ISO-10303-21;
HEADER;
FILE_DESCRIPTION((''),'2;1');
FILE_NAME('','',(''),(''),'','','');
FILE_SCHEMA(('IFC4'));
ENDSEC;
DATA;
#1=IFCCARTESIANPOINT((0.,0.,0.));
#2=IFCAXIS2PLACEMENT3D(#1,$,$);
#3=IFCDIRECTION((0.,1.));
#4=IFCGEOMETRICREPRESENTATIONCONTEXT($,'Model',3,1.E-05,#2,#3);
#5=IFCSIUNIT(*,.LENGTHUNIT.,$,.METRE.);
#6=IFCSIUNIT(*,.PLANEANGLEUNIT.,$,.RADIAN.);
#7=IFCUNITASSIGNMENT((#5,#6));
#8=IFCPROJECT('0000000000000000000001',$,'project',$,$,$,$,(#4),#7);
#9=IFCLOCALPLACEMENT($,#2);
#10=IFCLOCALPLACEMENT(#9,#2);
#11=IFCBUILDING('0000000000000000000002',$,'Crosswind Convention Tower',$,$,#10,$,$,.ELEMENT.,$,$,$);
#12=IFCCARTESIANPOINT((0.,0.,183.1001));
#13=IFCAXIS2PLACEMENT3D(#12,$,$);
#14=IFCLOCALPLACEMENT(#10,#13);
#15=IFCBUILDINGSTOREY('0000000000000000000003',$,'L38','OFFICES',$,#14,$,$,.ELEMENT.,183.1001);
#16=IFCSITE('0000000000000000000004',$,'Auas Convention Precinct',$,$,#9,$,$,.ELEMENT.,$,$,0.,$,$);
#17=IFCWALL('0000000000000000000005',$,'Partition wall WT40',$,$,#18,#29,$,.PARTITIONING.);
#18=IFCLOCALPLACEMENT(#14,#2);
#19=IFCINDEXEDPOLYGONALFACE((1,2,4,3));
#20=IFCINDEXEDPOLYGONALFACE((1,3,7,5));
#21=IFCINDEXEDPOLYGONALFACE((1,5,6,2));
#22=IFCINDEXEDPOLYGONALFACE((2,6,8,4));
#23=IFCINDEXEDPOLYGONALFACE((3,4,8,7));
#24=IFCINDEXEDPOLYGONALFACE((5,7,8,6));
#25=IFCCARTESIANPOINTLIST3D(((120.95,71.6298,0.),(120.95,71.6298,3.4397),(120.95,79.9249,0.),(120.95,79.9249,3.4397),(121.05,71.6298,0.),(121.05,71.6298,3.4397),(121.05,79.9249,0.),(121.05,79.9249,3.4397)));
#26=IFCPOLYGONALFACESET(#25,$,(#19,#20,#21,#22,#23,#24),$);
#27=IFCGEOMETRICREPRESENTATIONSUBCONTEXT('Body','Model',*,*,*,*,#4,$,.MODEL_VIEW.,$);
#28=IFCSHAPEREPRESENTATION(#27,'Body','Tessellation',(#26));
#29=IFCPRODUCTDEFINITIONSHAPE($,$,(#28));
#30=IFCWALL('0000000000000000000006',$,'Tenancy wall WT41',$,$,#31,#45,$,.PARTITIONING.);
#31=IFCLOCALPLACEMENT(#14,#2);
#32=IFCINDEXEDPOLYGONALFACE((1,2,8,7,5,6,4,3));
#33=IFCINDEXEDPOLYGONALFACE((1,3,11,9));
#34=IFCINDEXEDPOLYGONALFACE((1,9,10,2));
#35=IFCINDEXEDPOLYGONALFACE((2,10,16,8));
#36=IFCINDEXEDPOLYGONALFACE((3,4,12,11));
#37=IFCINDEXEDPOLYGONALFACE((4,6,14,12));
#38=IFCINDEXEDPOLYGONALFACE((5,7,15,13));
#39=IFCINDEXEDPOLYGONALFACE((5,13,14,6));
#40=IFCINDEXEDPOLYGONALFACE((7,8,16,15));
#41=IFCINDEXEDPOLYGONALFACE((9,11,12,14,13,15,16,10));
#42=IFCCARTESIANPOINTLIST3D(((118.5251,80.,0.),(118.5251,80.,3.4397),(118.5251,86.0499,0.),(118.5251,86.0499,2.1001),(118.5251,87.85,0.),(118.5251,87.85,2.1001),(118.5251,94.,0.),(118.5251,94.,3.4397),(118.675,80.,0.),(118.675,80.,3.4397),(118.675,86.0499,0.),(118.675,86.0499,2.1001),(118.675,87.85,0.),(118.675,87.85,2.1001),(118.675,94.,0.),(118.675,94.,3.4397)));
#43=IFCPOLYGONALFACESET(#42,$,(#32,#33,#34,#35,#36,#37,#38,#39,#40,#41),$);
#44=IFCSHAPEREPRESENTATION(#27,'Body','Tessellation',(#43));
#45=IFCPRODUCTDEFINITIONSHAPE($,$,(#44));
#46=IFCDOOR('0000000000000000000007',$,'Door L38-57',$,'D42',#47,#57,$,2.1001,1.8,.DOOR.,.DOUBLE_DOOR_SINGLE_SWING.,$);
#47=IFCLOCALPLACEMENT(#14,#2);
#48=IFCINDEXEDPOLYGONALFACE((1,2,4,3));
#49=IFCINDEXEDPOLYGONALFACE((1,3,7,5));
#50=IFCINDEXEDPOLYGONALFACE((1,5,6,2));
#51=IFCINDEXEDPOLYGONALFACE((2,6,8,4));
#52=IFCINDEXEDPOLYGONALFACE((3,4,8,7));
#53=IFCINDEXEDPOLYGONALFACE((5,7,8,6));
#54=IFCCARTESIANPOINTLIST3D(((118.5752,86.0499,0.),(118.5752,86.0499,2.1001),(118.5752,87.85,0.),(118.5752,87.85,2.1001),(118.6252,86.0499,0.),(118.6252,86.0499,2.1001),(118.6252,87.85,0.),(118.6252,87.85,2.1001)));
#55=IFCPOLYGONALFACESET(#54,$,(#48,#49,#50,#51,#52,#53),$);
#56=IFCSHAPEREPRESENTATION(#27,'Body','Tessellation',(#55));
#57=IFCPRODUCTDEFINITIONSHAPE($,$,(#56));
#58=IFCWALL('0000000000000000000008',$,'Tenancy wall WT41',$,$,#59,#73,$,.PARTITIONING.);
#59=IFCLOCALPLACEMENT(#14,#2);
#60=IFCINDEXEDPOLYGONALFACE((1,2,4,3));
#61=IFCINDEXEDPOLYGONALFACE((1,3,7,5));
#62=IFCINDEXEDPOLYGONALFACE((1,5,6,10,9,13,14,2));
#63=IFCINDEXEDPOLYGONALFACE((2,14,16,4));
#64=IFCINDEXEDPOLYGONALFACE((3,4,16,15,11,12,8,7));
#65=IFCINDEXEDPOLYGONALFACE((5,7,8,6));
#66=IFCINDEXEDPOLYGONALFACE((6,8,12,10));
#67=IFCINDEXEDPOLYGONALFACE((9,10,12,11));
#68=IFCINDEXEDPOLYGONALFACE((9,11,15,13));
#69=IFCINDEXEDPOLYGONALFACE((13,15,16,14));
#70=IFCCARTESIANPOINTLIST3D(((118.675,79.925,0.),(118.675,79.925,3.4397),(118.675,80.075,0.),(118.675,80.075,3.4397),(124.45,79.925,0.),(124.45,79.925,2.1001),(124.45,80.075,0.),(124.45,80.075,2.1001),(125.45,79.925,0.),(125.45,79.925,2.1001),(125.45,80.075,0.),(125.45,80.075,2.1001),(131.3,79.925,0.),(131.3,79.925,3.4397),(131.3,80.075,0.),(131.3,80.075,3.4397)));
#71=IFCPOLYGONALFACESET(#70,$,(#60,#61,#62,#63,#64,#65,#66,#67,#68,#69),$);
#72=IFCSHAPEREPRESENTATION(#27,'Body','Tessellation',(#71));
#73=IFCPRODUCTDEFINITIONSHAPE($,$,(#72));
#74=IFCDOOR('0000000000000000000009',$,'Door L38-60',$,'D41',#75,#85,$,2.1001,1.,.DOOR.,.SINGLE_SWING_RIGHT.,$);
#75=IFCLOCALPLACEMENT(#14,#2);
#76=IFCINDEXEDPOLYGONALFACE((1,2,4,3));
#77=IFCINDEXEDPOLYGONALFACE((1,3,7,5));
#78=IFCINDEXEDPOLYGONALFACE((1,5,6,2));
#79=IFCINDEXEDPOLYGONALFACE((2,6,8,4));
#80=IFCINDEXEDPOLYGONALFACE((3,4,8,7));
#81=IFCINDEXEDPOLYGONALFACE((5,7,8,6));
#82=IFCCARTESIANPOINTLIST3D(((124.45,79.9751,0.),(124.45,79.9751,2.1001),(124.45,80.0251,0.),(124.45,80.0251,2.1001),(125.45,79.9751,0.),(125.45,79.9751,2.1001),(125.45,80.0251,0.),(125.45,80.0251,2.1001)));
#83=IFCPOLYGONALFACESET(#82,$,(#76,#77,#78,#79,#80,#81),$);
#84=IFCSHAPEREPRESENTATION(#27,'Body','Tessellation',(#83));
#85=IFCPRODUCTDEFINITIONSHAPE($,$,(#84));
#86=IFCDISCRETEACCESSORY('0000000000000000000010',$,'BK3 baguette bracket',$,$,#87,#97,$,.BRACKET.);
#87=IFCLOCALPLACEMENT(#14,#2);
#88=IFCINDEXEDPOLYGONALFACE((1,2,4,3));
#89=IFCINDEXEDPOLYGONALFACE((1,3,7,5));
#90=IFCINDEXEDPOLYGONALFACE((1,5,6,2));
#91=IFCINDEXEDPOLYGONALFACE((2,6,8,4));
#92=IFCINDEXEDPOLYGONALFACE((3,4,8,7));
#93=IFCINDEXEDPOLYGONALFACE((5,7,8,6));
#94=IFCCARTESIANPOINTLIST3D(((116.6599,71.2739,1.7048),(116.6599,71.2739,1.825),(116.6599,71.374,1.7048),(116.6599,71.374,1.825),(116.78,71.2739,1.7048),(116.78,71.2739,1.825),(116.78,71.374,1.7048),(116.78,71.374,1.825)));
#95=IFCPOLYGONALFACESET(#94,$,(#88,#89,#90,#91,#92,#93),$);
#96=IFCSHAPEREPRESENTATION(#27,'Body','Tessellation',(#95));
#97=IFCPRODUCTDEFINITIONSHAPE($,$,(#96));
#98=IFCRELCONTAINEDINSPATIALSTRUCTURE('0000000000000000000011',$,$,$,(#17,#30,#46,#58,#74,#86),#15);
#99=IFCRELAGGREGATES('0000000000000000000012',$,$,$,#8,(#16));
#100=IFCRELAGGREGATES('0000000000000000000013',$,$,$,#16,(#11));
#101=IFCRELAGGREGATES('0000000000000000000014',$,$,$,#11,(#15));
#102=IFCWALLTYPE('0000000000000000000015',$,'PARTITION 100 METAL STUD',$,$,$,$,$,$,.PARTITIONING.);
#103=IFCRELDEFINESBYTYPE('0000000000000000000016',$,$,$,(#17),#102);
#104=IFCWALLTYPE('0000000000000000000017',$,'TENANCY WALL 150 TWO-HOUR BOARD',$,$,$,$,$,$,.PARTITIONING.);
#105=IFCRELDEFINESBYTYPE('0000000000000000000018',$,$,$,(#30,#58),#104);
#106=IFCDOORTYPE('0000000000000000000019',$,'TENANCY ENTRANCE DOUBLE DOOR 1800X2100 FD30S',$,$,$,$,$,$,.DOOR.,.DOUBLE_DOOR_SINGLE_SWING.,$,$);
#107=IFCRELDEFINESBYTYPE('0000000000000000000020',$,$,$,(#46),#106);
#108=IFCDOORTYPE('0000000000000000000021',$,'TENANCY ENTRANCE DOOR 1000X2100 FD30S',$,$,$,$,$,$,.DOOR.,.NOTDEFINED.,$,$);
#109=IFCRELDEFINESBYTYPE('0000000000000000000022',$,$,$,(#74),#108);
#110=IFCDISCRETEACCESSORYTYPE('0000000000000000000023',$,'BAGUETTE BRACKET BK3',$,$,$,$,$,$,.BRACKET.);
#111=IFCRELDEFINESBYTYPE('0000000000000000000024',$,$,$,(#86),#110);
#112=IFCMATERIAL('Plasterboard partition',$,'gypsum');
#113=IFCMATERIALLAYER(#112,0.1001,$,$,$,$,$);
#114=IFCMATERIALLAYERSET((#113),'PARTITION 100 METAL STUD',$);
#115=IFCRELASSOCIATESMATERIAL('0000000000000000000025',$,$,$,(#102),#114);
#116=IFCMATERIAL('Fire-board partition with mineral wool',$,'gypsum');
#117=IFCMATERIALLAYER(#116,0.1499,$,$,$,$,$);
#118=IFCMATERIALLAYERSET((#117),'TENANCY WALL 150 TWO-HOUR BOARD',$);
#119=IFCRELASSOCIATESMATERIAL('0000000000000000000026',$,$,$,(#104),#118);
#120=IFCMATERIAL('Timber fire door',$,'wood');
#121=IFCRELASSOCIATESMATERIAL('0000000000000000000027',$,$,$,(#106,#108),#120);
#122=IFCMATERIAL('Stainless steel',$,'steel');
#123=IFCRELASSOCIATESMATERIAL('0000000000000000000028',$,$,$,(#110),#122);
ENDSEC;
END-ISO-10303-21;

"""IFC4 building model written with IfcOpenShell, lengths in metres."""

from ifc_helpers import new_model, si_unit, direction, frame, frame_2d, origin, origin_2d, place, context, subcontext, project, spatial, rectangle, extrude, material, layer, layer_set, type_object, element, fill, save


model = new_model("IFC4")

# Units and contexts
model_context = context("Model", 3, precision=1e-05, world=origin(), true_north=direction((0.0, 1.0)))
body_context = subcontext(model_context, "Body", "Model", "MODEL_VIEW")
ifc_project = project(units=[si_unit("LENGTHUNIT", "METRE"), si_unit("PLANEANGLEUNIT", "RADIAN")], contexts=[model_context])

# Site, building, storey
site_placement = place(None, origin())
site = spatial("IfcSite", under=ifc_project, at=site_placement, Name="Auas Convention Precinct", CompositionType="ELEMENT", RefElevation=0.0)
building_placement = place(site_placement, origin())
building = spatial("IfcBuilding", under=site, at=building_placement, Name="Crosswind Convention Tower", CompositionType="ELEMENT")
storey_placement = place(building_placement, frame((0.0, 0.0, 183.1001)))
storey = spatial("IfcBuildingStorey", under=building, at=storey_placement, Name="L38", Description="OFFICES", CompositionType="ELEMENT", Elevation=183.1001)

# Wall
ifc_material_1 = material(Name="Plasterboard partition", Category="gypsum")
ifc_layer_1 = layer(ifc_material_1, 0.1001)
ifc_layer_set_1 = layer_set([ifc_layer_1], Name="PARTITION 100 METAL STUD")
wall_type_1 = type_object("IfcWallType", Name="PARTITION 100 METAL STUD", PredefinedType="PARTITIONING", material=ifc_layer_set_1)
wall_1_placement = place(storey_placement, frame((121.0, 71.6299, 0.0), z_axis=(0.0, 0.0, 1.0), x_axis=(0.0, 1.0, 0.0)))
element("IfcWall", 1, at=wall_1_placement, inside=storey, type_object=wall_type_1, Name="Partition wall WT40", PredefinedType="PARTITIONING", context=body_context, shape_type="SweptSolid", body=[
    extrude(rectangle(XDim=8.2952, YDim=0.1001, at=frame_2d((4.1475, 0.0))), origin(), (0.0, 0.0, 1.0), 3.4397),
])

# Walls, openings, doors
ifc_material_2 = material(Name="Fire-board partition with mineral wool", Category="gypsum")
ifc_layer_2 = layer(ifc_material_2, 0.1499)
ifc_layer_set_2 = layer_set([ifc_layer_2], Name="TENANCY WALL 150 TWO-HOUR BOARD")
wall_type_2 = type_object("IfcWallType", Name="TENANCY WALL 150 TWO-HOUR BOARD", PredefinedType="PARTITIONING", material=ifc_layer_set_2)
wall_2_placement = place(storey_placement, frame((118.6001, 80.0, 0.0), z_axis=(0.0, 0.0, 1.0), x_axis=(0.0, 1.0, 0.0)))
wall_2 = element("IfcWall", 2, at=wall_2_placement, inside=storey, type_object=wall_type_2, Name="Tenancy wall WT41", PredefinedType="PARTITIONING", context=body_context, shape_type="SweptSolid", body=[
    extrude(rectangle(XDim=14.0, YDim=0.1499, at=frame_2d((7.0, 0.0))), origin(), (0.0, 0.0, 1.0), 3.4397),
])
opening_1_placement = place(wall_2_placement, frame((6.05, 0.0, 0.0)))
opening_1 = element("IfcOpeningElement", 3, at=opening_1_placement, cuts=wall_2, PredefinedType="OPENING", context=body_context, shape_type="SweptSolid", body=[
    extrude(rectangle(XDim=1.8, YDim=2.1001, at=frame_2d((0.8999, 1.05))), frame((0.0, 0.085, 0.0), z_axis=(0.0, -1.0, 0.0), x_axis=(1.0, 0.0, 0.0)), (0.0, 0.0, 1.0), 0.1699),
])
ifc_material_3 = material(Name="Timber fire door", Category="wood")
door_type_1 = type_object("IfcDoorType", Name="TENANCY ENTRANCE DOUBLE DOOR 1800X2100 FD30S", OperationType="DOUBLE_DOOR_SINGLE_SWING", PredefinedType="DOOR", material=ifc_material_3)
door_1_placement = place(opening_1_placement, origin())
door_1 = element("IfcDoor", 4, at=door_1_placement, inside=storey, type_object=door_type_1, Name="Door L38-57", ObjectType="D42", OperationType="DOUBLE_DOOR_SINGLE_SWING", OverallHeight=2.1001, OverallWidth=1.8, PredefinedType="DOOR", context=body_context, shape_type="SweptSolid", body=[
    extrude(rectangle(XDim=1.8, YDim=2.1001, at=frame_2d((0.8999, 1.05))), frame((0.0, 0.0249, 0.0), z_axis=(0.0, -1.0, 0.0), x_axis=(1.0, 0.0, 0.0)), (0.0, 0.0, 1.0), 0.05),
])
fill(opening_1, door_1)
wall_3_placement = place(storey_placement, frame((118.675, 80.0, 0.0), z_axis=(0.0, 0.0, 1.0), x_axis=(1.0, 0.0, 0.0)))
wall_3 = element("IfcWall", 5, at=wall_3_placement, inside=storey, type_object=wall_type_2, Name="Tenancy wall WT41", PredefinedType="PARTITIONING", context=body_context, shape_type="SweptSolid", body=[
    extrude(rectangle(XDim=12.625, YDim=0.1499, at=frame_2d((6.3125, 0.0))), origin(), (0.0, 0.0, 1.0), 3.4397),
])
opening_2_placement = place(wall_3_placement, frame((5.7749, 0.0, 0.0)))
opening_2 = element("IfcOpeningElement", 6, at=opening_2_placement, cuts=wall_3, PredefinedType="OPENING", context=body_context, shape_type="SweptSolid", body=[
    extrude(rectangle(XDim=1.0, YDim=2.1001, at=frame_2d((0.5, 1.05))), frame((0.0, 0.085, 0.0), z_axis=(0.0, -1.0, 0.0), x_axis=(1.0, 0.0, 0.0)), (0.0, 0.0, 1.0), 0.1699),
])
door_type_2 = type_object("IfcDoorType", Name="TENANCY ENTRANCE DOOR 1000X2100 FD30S", OperationType="NOTDEFINED", PredefinedType="DOOR", material=ifc_material_3)
door_2_placement = place(opening_2_placement, frame((1.0, 0.0, 0.0), z_axis=(0.0, 0.0, 1.0), x_axis=(-1.0, 0.0, 0.0)))
door_2 = element("IfcDoor", 7, at=door_2_placement, inside=storey, type_object=door_type_2, Name="Door L38-60", ObjectType="D41", OperationType="SINGLE_SWING_RIGHT", OverallHeight=2.1001, OverallWidth=1.0, PredefinedType="DOOR", context=body_context, shape_type="SweptSolid", body=[
    extrude(rectangle(XDim=1.0, YDim=2.1001, at=frame_2d((0.5, 1.05))), frame((0.0, 0.0249, 0.0), z_axis=(0.0, -1.0, 0.0), x_axis=(1.0, 0.0, 0.0)), (0.0, 0.0, 1.0), 0.05),
])
fill(opening_2, door_2)

# Discrete accessory
ifc_material_4 = material(Name="Stainless steel", Category="steel")
discrete_accessory_type = type_object("IfcDiscreteAccessoryType", Name="BAGUETTE BRACKET BK3", PredefinedType="BRACKET", material=ifc_material_4)
discrete_accessory_placement = place(storey_placement, frame((116.72, 71.324, 1.7048), z_axis=(0.0, 0.0, 1.0), x_axis=(1.0, 0.0, 0.0)))
element("IfcDiscreteAccessory", 8, at=discrete_accessory_placement, inside=storey, type_object=discrete_accessory_type, Name="BK3 baguette bracket", PredefinedType="BRACKET", context=body_context, shape_type="SweptSolid", body=[
    extrude(rectangle(XDim=0.1201, YDim=0.1001, at=origin_2d()), origin(), (0.0, 0.0, 1.0), 0.1201),
])

save(model, "model.ifc")
